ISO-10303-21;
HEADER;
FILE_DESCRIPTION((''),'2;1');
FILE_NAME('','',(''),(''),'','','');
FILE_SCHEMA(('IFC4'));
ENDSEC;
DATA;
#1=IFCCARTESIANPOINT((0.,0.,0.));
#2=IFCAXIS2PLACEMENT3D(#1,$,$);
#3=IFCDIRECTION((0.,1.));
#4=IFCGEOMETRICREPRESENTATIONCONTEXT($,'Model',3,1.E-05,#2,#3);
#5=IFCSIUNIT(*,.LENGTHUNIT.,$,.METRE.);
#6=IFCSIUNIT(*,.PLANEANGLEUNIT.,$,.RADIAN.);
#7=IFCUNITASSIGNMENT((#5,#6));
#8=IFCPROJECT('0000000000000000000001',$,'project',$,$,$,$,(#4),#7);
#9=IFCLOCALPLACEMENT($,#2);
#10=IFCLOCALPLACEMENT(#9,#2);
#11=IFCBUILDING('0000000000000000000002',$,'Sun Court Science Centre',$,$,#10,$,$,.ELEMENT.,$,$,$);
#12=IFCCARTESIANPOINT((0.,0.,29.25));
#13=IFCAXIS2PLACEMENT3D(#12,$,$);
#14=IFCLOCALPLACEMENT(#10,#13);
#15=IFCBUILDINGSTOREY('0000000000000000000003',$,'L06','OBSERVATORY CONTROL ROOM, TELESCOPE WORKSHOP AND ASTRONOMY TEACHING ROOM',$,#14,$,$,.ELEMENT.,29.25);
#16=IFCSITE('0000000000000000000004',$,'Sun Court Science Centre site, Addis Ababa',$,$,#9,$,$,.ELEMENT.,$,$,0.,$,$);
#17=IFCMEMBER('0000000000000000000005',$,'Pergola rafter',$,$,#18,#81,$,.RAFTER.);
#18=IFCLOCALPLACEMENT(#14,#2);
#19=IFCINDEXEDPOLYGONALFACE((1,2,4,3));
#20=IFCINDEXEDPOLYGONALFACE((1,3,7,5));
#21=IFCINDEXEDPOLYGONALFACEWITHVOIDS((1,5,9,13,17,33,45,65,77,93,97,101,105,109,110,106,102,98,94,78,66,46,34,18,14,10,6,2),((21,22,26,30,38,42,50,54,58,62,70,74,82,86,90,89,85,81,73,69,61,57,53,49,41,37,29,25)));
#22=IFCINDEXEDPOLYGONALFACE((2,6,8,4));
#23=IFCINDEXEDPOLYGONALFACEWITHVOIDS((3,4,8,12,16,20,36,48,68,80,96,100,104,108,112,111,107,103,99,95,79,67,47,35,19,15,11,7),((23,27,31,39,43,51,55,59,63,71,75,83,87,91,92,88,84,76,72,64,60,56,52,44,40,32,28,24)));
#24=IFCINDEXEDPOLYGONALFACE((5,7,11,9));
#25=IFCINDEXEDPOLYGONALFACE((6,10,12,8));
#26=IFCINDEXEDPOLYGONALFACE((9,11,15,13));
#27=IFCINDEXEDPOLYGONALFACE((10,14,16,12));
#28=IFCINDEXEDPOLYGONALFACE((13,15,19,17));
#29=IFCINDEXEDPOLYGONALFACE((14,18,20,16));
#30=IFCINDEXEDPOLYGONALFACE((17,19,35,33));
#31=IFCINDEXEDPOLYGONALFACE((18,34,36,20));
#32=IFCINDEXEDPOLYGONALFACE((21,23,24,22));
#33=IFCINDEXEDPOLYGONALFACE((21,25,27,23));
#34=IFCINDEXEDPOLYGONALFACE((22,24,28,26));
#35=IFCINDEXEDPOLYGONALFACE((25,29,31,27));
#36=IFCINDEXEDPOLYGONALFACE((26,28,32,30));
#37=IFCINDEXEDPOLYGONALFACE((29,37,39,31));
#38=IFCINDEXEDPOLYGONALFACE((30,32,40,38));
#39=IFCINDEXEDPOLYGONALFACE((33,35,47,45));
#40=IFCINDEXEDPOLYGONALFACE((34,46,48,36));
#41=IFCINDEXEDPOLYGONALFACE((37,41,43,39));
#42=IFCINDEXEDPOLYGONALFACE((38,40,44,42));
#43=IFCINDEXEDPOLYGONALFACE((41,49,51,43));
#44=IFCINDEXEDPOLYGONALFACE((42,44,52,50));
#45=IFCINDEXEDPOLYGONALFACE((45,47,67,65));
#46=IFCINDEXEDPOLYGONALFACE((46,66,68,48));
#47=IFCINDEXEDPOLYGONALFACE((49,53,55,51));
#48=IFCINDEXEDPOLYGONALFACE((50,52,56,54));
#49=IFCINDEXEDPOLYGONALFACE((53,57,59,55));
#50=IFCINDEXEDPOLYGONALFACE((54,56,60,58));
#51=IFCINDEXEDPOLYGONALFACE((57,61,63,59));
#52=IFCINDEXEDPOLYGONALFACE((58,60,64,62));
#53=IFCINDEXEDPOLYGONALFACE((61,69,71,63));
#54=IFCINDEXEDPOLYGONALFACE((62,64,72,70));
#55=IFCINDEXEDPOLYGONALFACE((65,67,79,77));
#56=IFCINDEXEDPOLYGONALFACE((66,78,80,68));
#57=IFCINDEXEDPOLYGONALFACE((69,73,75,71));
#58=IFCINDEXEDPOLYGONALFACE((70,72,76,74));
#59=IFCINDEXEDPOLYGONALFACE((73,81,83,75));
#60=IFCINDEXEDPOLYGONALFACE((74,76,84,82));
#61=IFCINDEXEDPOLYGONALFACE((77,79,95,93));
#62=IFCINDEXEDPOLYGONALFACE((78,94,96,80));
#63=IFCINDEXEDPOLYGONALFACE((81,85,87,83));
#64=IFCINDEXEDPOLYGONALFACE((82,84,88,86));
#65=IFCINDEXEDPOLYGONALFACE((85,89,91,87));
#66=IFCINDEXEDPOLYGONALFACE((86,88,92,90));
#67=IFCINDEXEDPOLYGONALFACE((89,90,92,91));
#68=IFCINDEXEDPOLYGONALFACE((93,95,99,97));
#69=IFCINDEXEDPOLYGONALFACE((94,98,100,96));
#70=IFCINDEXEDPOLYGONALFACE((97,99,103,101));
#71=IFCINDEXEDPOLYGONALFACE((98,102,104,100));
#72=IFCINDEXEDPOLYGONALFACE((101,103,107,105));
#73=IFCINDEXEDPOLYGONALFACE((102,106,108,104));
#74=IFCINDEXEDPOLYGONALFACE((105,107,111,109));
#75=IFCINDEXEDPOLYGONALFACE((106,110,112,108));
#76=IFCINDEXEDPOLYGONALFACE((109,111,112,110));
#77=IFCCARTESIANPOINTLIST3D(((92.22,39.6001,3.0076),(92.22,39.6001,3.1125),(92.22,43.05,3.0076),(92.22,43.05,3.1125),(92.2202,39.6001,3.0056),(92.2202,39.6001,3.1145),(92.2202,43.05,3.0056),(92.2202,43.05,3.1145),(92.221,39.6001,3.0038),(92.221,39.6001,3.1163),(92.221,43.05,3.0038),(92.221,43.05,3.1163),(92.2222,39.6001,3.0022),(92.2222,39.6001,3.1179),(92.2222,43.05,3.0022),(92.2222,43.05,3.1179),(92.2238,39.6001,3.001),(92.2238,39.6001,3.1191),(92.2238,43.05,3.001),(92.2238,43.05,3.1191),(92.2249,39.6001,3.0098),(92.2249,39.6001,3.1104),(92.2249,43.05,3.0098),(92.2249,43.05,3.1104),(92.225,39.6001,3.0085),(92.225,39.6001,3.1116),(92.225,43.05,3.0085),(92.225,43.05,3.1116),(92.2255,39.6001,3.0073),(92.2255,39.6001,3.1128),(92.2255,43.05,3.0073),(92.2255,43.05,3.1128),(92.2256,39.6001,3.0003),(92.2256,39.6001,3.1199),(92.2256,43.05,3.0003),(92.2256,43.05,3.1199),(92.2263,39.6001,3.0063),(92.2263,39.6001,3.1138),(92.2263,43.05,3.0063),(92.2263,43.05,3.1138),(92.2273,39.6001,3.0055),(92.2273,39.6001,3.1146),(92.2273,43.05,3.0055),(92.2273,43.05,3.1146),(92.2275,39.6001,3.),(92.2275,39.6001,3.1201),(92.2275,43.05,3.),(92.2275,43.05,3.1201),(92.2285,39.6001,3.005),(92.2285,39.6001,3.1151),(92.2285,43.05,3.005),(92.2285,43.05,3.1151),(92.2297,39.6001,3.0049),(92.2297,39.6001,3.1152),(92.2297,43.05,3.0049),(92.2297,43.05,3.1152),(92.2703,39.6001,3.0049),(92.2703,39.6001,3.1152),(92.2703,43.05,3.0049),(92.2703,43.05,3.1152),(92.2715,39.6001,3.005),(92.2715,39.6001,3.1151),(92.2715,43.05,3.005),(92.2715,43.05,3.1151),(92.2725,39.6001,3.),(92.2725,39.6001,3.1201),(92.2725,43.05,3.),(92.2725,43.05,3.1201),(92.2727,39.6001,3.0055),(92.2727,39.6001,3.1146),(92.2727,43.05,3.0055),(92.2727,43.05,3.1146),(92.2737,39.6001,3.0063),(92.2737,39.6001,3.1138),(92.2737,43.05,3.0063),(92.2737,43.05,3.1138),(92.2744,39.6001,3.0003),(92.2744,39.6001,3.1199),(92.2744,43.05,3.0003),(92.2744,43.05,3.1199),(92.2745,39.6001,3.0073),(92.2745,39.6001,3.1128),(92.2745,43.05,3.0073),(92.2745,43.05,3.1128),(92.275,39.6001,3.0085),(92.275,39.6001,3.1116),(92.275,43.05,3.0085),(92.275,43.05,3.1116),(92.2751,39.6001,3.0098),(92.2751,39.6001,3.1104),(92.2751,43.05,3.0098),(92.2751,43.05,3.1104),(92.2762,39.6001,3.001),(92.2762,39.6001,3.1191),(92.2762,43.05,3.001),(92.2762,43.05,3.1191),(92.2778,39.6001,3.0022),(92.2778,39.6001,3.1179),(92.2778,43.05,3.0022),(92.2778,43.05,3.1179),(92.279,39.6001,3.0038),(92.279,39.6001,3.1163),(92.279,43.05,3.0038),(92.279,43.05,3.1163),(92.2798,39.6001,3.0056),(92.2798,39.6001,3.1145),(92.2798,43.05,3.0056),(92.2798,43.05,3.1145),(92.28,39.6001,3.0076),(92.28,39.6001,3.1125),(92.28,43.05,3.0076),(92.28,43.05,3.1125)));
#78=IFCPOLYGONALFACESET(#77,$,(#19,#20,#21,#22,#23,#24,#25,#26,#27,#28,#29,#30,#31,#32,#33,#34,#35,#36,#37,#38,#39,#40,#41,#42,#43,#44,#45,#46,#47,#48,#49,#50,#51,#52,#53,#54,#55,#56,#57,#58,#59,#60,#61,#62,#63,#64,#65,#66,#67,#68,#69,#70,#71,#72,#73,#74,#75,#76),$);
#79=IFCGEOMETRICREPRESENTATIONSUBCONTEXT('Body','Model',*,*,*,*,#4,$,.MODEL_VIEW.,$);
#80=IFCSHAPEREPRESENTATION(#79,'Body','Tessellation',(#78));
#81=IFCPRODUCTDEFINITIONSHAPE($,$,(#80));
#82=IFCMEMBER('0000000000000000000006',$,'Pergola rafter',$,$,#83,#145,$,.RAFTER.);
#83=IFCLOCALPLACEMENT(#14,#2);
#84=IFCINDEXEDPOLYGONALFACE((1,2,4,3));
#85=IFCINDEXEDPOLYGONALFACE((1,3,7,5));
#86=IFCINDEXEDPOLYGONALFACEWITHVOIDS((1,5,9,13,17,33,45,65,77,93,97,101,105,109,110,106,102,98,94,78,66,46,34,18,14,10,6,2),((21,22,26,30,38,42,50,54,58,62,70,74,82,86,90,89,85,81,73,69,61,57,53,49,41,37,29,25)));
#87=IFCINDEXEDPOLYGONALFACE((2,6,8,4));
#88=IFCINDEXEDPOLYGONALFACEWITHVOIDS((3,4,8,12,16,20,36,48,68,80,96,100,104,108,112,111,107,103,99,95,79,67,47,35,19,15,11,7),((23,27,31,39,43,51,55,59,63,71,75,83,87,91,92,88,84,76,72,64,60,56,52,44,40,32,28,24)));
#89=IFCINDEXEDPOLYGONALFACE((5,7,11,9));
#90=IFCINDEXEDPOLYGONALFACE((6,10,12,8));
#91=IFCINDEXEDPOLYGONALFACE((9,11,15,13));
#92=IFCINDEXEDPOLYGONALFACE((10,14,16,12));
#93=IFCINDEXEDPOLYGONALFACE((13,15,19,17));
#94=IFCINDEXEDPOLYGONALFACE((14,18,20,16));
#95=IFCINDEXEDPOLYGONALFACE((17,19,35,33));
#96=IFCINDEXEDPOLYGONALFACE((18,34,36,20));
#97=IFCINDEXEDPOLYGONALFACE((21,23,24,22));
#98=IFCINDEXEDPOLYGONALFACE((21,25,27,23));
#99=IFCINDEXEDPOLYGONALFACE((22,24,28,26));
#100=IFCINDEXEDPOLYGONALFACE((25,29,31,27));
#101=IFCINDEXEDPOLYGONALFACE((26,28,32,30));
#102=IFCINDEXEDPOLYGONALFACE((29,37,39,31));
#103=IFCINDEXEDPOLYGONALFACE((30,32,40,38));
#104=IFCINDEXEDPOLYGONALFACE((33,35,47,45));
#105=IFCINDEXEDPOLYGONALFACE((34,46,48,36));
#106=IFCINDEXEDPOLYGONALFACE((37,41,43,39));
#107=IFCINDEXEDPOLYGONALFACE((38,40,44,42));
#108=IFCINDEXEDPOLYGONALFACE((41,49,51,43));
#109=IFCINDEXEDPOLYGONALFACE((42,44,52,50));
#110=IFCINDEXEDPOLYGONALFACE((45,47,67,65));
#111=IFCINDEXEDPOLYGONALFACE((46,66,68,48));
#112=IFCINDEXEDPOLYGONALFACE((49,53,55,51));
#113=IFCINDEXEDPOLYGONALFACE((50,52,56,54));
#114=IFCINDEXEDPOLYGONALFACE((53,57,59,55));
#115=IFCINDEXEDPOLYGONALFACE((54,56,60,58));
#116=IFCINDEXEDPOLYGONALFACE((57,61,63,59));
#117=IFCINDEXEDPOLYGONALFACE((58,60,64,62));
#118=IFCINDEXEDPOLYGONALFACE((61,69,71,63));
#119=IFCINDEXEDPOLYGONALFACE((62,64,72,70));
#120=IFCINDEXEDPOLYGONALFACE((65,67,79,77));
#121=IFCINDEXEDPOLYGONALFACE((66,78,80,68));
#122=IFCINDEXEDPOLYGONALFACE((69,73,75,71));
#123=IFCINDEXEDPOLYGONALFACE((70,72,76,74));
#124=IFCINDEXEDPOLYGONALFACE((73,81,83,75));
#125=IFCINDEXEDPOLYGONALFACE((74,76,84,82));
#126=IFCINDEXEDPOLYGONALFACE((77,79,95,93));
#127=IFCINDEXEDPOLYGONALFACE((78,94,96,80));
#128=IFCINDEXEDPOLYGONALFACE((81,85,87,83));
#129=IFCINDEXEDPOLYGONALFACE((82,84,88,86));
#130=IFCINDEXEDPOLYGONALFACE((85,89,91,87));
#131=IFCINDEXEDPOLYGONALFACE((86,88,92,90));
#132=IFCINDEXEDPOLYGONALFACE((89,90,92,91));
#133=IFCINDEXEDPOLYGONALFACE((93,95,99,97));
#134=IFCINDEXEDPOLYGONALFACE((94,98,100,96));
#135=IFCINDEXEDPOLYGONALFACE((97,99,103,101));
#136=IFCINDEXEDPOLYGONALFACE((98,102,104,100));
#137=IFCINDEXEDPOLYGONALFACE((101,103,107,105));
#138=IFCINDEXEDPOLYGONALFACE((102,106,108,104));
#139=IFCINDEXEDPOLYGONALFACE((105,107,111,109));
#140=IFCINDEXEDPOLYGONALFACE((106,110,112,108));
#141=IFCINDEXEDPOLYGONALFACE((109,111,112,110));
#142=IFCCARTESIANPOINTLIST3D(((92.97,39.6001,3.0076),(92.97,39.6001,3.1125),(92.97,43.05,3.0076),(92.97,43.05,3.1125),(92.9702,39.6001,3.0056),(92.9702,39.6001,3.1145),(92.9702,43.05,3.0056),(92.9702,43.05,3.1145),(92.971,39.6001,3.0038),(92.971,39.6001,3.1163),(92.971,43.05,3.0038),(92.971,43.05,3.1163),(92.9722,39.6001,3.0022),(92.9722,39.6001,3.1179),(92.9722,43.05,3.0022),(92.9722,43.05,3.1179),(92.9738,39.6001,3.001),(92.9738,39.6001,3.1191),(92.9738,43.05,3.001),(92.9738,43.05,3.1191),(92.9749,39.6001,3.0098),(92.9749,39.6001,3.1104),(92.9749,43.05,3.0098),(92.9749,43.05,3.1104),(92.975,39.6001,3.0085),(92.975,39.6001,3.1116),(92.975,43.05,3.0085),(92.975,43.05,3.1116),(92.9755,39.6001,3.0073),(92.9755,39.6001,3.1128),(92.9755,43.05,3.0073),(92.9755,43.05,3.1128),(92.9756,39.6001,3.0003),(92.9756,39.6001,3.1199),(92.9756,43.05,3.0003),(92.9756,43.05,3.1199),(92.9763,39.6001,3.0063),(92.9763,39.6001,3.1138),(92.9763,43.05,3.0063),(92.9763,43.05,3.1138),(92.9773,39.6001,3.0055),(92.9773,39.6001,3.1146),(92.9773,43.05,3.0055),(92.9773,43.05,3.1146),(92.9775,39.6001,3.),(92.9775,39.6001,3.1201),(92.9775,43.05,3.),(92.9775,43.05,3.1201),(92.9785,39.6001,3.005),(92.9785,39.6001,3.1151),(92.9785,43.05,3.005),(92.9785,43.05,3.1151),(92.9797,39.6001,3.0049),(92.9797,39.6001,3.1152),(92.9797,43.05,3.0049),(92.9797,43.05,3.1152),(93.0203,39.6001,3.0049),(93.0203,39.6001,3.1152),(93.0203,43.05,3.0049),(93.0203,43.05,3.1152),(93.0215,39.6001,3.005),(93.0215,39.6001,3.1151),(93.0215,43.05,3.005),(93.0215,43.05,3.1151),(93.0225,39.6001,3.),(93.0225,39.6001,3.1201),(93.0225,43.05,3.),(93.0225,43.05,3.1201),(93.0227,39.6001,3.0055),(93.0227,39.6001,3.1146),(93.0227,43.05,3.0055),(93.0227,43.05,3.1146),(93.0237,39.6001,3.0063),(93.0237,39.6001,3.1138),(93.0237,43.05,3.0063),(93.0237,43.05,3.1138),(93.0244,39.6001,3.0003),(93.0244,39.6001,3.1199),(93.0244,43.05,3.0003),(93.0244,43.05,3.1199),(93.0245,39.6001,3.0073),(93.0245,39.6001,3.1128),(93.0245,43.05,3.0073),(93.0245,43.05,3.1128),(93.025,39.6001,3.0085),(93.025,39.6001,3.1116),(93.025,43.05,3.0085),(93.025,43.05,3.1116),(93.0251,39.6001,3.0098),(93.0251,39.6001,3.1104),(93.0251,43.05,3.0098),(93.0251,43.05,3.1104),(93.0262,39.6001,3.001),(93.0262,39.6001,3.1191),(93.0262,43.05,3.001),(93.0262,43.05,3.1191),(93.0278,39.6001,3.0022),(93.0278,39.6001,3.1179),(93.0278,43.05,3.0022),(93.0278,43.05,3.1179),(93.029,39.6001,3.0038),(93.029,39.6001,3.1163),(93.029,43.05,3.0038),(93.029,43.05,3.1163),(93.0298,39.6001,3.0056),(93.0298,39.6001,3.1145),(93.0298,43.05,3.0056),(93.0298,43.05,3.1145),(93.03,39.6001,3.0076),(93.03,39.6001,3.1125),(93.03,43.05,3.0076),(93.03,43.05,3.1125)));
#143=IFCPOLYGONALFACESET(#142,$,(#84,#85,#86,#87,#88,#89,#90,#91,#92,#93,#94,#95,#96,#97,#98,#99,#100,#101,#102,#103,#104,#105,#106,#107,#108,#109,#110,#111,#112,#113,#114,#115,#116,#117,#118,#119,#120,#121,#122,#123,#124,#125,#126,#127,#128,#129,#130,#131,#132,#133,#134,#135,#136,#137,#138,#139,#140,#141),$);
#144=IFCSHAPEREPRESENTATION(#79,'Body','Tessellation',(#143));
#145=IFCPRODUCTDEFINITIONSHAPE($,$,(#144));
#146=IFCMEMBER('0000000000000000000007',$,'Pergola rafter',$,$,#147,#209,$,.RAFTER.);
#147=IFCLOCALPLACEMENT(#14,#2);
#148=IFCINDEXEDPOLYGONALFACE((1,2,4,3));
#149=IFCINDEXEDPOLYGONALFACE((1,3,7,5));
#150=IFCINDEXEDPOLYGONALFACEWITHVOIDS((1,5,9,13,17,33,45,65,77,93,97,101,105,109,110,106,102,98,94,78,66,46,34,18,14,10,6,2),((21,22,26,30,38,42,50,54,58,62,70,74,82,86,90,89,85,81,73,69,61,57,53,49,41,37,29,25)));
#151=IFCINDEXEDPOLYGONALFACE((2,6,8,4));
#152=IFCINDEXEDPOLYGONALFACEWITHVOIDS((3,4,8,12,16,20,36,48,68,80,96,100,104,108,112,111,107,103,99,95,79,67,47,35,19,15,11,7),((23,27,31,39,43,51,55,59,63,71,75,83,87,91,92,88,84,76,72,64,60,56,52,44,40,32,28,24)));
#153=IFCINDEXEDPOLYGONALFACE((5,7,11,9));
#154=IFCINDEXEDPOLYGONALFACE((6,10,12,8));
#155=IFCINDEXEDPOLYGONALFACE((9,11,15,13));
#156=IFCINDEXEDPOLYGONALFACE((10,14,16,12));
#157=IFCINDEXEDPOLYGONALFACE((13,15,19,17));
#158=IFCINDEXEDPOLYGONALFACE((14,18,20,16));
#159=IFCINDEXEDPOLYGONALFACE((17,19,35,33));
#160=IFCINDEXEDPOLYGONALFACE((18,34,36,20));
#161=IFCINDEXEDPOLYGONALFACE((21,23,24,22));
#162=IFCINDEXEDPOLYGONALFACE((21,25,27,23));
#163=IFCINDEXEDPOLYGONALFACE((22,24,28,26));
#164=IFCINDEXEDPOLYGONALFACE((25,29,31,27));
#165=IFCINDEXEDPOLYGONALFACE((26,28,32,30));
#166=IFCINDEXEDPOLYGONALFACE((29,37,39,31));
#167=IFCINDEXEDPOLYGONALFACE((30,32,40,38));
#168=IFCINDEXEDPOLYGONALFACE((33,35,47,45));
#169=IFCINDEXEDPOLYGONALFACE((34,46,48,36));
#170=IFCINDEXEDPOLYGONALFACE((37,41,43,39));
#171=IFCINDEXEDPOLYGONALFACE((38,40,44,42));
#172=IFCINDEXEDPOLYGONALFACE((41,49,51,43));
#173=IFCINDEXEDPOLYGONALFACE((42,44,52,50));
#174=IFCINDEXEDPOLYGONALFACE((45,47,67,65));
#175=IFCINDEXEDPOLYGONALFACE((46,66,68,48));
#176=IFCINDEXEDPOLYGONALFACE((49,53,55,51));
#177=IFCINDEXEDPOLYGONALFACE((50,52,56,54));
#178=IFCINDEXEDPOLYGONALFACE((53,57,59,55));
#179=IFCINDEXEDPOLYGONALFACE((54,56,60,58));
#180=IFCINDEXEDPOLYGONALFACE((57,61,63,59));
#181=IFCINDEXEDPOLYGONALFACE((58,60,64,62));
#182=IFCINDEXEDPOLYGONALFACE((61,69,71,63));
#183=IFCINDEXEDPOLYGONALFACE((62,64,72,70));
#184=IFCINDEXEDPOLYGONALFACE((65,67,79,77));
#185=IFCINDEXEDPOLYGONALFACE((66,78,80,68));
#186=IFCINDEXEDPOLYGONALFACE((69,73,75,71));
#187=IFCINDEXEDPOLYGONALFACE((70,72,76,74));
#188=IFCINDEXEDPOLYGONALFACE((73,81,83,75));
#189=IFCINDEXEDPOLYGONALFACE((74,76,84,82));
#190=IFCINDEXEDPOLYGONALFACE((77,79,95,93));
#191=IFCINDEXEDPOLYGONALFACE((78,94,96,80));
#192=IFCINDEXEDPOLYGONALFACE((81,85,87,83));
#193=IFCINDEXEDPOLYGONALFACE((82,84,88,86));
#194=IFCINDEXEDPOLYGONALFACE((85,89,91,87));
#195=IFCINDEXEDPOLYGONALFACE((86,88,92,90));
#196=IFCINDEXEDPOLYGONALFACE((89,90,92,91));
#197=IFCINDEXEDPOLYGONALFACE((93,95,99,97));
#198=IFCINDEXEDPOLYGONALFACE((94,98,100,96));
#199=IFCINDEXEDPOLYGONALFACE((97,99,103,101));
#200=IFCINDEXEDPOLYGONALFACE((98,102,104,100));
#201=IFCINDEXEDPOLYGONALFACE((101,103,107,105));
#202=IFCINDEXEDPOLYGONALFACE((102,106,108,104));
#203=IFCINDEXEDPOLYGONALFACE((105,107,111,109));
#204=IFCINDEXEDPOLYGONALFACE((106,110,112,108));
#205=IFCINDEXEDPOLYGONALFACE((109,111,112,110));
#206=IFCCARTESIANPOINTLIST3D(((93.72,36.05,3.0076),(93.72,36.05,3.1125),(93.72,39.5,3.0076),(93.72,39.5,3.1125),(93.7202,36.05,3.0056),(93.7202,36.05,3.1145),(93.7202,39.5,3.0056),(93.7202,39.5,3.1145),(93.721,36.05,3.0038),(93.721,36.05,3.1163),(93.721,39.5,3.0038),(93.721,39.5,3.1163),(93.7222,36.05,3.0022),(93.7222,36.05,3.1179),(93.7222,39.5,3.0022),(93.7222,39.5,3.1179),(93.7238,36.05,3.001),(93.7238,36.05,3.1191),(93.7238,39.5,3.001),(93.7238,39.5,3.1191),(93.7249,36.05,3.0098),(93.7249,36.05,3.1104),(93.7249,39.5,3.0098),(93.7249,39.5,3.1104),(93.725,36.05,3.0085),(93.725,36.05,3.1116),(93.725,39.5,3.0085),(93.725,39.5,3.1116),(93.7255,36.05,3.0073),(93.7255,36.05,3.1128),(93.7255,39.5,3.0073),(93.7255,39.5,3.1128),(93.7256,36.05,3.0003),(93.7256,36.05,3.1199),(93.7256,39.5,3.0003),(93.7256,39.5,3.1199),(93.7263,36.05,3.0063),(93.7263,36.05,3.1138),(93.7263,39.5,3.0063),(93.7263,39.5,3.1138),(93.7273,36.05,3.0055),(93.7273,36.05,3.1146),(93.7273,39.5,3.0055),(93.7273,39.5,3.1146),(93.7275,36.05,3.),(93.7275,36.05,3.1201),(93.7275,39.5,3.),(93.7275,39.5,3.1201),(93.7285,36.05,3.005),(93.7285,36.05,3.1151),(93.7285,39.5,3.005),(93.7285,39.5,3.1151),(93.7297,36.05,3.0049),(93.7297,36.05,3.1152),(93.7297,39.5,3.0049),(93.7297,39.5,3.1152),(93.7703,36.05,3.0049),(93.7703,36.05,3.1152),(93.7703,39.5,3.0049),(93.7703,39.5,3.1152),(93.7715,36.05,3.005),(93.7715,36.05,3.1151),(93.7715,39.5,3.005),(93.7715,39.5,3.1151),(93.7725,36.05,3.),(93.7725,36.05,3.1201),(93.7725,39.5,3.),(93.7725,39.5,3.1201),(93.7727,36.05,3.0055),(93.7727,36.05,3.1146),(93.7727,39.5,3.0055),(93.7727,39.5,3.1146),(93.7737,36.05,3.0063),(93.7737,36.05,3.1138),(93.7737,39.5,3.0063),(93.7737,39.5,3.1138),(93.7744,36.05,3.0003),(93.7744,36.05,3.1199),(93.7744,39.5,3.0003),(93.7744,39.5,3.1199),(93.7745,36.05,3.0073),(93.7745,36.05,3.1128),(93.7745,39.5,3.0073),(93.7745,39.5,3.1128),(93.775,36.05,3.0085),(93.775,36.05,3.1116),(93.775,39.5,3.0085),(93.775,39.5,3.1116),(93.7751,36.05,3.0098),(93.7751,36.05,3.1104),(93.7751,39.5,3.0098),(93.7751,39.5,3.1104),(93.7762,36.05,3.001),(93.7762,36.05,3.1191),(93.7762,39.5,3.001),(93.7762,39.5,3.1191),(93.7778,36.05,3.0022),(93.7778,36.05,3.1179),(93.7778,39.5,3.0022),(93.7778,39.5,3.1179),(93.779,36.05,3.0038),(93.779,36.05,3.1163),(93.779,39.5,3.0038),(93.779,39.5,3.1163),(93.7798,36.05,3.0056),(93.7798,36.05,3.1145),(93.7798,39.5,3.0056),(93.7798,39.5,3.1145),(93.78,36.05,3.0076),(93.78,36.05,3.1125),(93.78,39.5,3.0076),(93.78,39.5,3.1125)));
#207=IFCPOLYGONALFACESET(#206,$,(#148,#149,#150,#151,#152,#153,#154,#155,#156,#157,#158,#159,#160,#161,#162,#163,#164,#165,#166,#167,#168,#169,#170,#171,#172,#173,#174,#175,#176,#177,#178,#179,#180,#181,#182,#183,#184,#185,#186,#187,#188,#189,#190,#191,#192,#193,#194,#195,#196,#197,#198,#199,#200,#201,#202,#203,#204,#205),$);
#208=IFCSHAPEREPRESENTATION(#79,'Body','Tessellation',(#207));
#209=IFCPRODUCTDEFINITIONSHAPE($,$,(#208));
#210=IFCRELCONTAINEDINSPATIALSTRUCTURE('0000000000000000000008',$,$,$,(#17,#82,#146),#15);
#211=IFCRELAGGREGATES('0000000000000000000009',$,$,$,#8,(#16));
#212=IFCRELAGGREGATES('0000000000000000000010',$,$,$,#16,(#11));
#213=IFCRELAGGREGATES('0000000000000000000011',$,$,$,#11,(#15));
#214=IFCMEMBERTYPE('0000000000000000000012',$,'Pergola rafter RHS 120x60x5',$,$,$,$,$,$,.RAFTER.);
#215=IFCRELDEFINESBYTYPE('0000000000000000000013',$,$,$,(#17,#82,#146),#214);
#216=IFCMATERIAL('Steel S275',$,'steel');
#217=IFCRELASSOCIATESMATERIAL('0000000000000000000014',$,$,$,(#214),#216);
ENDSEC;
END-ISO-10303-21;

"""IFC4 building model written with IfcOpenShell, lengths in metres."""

from ifc_helpers import new_model, si_unit, direction, frame, origin, origin_2d, place, context, subcontext, project, spatial, hollow_rectangle, extrude, material, material_profile, profile_set, type_object, element, save


model = new_model("IFC4")

# Units and contexts
model_context = context("Model", 3, precision=1e-05, world=origin(), true_north=direction((0.0, 1.0)))
body_context = subcontext(model_context, "Body", "Model", "MODEL_VIEW")
ifc_project = project(units=[si_unit("LENGTHUNIT", "METRE"), si_unit("PLANEANGLEUNIT", "RADIAN")], contexts=[model_context])

# Site, building, storey
site_placement = place(None, origin())
site = spatial("IfcSite", under=ifc_project, at=site_placement, Name="Sun Court Science Centre site, Addis Ababa", CompositionType="ELEMENT", RefElevation=0.0)
building_placement = place(site_placement, origin())
building = spatial("IfcBuilding", under=site, at=building_placement, Name="Sun Court Science Centre", CompositionType="ELEMENT")
storey_placement = place(building_placement, frame((0.0, 0.0, 29.25)))
storey = spatial("IfcBuildingStorey", under=building, at=storey_placement, Name="L06", Description="OBSERVATORY CONTROL ROOM, TELESCOPE WORKSHOP AND ASTRONOMY TEACHING ROOM", CompositionType="ELEMENT", Elevation=29.25)

# Members
ifc_material_1 = material(Name="Steel S275", Category="steel")
ifc_material_profile_1 = material_profile(ifc_material_1, hollow_rectangle(XDim=0.0601, YDim=0.1201, WallThickness=0.0049, InnerFilletRadius=0.0049, OuterFilletRadius=0.0076, at=origin_2d()), Name="RHS 120x60x5")
ifc_profile_set_1 = profile_set([ifc_material_profile_1], Name="Steel S275")
member_type_1 = type_object("IfcMemberType", Name="Pergola rafter RHS 120x60x5", PredefinedType="RAFTER", material=ifc_profile_set_1)
for number, where, z_axis, x_axis, name in (
    (1, (92.25, 39.6001, 3.0601), (0.0, 1.0, 0.0), (-1.0, 0.0, 0.0), "Pergola rafter"),
    (2, (93.0, 39.6001, 3.0601), (0.0, 1.0, 0.0), (-1.0, 0.0, 0.0), "Pergola rafter"),
    (3, (93.75, 36.05, 3.0601), (0.0, 1.0, 0.0), (-1.0, 0.0, 0.0), "Pergola rafter"),
):
    element("IfcMember", number, at=place(storey_placement, frame(where, z_axis=z_axis, x_axis=x_axis)), inside=storey, type_object=member_type_1, Name=name, PredefinedType="RAFTER", context=body_context, shape_type="SweptSolid", body=[
        extrude(hollow_rectangle(XDim=0.0601, YDim=0.1201, WallThickness=0.0049, InnerFilletRadius=0.0049, OuterFilletRadius=0.0076, at=origin_2d()), origin(), (0.0, 0.0, 1.0), 3.45),
    ])

save(model, "model.ifc")
